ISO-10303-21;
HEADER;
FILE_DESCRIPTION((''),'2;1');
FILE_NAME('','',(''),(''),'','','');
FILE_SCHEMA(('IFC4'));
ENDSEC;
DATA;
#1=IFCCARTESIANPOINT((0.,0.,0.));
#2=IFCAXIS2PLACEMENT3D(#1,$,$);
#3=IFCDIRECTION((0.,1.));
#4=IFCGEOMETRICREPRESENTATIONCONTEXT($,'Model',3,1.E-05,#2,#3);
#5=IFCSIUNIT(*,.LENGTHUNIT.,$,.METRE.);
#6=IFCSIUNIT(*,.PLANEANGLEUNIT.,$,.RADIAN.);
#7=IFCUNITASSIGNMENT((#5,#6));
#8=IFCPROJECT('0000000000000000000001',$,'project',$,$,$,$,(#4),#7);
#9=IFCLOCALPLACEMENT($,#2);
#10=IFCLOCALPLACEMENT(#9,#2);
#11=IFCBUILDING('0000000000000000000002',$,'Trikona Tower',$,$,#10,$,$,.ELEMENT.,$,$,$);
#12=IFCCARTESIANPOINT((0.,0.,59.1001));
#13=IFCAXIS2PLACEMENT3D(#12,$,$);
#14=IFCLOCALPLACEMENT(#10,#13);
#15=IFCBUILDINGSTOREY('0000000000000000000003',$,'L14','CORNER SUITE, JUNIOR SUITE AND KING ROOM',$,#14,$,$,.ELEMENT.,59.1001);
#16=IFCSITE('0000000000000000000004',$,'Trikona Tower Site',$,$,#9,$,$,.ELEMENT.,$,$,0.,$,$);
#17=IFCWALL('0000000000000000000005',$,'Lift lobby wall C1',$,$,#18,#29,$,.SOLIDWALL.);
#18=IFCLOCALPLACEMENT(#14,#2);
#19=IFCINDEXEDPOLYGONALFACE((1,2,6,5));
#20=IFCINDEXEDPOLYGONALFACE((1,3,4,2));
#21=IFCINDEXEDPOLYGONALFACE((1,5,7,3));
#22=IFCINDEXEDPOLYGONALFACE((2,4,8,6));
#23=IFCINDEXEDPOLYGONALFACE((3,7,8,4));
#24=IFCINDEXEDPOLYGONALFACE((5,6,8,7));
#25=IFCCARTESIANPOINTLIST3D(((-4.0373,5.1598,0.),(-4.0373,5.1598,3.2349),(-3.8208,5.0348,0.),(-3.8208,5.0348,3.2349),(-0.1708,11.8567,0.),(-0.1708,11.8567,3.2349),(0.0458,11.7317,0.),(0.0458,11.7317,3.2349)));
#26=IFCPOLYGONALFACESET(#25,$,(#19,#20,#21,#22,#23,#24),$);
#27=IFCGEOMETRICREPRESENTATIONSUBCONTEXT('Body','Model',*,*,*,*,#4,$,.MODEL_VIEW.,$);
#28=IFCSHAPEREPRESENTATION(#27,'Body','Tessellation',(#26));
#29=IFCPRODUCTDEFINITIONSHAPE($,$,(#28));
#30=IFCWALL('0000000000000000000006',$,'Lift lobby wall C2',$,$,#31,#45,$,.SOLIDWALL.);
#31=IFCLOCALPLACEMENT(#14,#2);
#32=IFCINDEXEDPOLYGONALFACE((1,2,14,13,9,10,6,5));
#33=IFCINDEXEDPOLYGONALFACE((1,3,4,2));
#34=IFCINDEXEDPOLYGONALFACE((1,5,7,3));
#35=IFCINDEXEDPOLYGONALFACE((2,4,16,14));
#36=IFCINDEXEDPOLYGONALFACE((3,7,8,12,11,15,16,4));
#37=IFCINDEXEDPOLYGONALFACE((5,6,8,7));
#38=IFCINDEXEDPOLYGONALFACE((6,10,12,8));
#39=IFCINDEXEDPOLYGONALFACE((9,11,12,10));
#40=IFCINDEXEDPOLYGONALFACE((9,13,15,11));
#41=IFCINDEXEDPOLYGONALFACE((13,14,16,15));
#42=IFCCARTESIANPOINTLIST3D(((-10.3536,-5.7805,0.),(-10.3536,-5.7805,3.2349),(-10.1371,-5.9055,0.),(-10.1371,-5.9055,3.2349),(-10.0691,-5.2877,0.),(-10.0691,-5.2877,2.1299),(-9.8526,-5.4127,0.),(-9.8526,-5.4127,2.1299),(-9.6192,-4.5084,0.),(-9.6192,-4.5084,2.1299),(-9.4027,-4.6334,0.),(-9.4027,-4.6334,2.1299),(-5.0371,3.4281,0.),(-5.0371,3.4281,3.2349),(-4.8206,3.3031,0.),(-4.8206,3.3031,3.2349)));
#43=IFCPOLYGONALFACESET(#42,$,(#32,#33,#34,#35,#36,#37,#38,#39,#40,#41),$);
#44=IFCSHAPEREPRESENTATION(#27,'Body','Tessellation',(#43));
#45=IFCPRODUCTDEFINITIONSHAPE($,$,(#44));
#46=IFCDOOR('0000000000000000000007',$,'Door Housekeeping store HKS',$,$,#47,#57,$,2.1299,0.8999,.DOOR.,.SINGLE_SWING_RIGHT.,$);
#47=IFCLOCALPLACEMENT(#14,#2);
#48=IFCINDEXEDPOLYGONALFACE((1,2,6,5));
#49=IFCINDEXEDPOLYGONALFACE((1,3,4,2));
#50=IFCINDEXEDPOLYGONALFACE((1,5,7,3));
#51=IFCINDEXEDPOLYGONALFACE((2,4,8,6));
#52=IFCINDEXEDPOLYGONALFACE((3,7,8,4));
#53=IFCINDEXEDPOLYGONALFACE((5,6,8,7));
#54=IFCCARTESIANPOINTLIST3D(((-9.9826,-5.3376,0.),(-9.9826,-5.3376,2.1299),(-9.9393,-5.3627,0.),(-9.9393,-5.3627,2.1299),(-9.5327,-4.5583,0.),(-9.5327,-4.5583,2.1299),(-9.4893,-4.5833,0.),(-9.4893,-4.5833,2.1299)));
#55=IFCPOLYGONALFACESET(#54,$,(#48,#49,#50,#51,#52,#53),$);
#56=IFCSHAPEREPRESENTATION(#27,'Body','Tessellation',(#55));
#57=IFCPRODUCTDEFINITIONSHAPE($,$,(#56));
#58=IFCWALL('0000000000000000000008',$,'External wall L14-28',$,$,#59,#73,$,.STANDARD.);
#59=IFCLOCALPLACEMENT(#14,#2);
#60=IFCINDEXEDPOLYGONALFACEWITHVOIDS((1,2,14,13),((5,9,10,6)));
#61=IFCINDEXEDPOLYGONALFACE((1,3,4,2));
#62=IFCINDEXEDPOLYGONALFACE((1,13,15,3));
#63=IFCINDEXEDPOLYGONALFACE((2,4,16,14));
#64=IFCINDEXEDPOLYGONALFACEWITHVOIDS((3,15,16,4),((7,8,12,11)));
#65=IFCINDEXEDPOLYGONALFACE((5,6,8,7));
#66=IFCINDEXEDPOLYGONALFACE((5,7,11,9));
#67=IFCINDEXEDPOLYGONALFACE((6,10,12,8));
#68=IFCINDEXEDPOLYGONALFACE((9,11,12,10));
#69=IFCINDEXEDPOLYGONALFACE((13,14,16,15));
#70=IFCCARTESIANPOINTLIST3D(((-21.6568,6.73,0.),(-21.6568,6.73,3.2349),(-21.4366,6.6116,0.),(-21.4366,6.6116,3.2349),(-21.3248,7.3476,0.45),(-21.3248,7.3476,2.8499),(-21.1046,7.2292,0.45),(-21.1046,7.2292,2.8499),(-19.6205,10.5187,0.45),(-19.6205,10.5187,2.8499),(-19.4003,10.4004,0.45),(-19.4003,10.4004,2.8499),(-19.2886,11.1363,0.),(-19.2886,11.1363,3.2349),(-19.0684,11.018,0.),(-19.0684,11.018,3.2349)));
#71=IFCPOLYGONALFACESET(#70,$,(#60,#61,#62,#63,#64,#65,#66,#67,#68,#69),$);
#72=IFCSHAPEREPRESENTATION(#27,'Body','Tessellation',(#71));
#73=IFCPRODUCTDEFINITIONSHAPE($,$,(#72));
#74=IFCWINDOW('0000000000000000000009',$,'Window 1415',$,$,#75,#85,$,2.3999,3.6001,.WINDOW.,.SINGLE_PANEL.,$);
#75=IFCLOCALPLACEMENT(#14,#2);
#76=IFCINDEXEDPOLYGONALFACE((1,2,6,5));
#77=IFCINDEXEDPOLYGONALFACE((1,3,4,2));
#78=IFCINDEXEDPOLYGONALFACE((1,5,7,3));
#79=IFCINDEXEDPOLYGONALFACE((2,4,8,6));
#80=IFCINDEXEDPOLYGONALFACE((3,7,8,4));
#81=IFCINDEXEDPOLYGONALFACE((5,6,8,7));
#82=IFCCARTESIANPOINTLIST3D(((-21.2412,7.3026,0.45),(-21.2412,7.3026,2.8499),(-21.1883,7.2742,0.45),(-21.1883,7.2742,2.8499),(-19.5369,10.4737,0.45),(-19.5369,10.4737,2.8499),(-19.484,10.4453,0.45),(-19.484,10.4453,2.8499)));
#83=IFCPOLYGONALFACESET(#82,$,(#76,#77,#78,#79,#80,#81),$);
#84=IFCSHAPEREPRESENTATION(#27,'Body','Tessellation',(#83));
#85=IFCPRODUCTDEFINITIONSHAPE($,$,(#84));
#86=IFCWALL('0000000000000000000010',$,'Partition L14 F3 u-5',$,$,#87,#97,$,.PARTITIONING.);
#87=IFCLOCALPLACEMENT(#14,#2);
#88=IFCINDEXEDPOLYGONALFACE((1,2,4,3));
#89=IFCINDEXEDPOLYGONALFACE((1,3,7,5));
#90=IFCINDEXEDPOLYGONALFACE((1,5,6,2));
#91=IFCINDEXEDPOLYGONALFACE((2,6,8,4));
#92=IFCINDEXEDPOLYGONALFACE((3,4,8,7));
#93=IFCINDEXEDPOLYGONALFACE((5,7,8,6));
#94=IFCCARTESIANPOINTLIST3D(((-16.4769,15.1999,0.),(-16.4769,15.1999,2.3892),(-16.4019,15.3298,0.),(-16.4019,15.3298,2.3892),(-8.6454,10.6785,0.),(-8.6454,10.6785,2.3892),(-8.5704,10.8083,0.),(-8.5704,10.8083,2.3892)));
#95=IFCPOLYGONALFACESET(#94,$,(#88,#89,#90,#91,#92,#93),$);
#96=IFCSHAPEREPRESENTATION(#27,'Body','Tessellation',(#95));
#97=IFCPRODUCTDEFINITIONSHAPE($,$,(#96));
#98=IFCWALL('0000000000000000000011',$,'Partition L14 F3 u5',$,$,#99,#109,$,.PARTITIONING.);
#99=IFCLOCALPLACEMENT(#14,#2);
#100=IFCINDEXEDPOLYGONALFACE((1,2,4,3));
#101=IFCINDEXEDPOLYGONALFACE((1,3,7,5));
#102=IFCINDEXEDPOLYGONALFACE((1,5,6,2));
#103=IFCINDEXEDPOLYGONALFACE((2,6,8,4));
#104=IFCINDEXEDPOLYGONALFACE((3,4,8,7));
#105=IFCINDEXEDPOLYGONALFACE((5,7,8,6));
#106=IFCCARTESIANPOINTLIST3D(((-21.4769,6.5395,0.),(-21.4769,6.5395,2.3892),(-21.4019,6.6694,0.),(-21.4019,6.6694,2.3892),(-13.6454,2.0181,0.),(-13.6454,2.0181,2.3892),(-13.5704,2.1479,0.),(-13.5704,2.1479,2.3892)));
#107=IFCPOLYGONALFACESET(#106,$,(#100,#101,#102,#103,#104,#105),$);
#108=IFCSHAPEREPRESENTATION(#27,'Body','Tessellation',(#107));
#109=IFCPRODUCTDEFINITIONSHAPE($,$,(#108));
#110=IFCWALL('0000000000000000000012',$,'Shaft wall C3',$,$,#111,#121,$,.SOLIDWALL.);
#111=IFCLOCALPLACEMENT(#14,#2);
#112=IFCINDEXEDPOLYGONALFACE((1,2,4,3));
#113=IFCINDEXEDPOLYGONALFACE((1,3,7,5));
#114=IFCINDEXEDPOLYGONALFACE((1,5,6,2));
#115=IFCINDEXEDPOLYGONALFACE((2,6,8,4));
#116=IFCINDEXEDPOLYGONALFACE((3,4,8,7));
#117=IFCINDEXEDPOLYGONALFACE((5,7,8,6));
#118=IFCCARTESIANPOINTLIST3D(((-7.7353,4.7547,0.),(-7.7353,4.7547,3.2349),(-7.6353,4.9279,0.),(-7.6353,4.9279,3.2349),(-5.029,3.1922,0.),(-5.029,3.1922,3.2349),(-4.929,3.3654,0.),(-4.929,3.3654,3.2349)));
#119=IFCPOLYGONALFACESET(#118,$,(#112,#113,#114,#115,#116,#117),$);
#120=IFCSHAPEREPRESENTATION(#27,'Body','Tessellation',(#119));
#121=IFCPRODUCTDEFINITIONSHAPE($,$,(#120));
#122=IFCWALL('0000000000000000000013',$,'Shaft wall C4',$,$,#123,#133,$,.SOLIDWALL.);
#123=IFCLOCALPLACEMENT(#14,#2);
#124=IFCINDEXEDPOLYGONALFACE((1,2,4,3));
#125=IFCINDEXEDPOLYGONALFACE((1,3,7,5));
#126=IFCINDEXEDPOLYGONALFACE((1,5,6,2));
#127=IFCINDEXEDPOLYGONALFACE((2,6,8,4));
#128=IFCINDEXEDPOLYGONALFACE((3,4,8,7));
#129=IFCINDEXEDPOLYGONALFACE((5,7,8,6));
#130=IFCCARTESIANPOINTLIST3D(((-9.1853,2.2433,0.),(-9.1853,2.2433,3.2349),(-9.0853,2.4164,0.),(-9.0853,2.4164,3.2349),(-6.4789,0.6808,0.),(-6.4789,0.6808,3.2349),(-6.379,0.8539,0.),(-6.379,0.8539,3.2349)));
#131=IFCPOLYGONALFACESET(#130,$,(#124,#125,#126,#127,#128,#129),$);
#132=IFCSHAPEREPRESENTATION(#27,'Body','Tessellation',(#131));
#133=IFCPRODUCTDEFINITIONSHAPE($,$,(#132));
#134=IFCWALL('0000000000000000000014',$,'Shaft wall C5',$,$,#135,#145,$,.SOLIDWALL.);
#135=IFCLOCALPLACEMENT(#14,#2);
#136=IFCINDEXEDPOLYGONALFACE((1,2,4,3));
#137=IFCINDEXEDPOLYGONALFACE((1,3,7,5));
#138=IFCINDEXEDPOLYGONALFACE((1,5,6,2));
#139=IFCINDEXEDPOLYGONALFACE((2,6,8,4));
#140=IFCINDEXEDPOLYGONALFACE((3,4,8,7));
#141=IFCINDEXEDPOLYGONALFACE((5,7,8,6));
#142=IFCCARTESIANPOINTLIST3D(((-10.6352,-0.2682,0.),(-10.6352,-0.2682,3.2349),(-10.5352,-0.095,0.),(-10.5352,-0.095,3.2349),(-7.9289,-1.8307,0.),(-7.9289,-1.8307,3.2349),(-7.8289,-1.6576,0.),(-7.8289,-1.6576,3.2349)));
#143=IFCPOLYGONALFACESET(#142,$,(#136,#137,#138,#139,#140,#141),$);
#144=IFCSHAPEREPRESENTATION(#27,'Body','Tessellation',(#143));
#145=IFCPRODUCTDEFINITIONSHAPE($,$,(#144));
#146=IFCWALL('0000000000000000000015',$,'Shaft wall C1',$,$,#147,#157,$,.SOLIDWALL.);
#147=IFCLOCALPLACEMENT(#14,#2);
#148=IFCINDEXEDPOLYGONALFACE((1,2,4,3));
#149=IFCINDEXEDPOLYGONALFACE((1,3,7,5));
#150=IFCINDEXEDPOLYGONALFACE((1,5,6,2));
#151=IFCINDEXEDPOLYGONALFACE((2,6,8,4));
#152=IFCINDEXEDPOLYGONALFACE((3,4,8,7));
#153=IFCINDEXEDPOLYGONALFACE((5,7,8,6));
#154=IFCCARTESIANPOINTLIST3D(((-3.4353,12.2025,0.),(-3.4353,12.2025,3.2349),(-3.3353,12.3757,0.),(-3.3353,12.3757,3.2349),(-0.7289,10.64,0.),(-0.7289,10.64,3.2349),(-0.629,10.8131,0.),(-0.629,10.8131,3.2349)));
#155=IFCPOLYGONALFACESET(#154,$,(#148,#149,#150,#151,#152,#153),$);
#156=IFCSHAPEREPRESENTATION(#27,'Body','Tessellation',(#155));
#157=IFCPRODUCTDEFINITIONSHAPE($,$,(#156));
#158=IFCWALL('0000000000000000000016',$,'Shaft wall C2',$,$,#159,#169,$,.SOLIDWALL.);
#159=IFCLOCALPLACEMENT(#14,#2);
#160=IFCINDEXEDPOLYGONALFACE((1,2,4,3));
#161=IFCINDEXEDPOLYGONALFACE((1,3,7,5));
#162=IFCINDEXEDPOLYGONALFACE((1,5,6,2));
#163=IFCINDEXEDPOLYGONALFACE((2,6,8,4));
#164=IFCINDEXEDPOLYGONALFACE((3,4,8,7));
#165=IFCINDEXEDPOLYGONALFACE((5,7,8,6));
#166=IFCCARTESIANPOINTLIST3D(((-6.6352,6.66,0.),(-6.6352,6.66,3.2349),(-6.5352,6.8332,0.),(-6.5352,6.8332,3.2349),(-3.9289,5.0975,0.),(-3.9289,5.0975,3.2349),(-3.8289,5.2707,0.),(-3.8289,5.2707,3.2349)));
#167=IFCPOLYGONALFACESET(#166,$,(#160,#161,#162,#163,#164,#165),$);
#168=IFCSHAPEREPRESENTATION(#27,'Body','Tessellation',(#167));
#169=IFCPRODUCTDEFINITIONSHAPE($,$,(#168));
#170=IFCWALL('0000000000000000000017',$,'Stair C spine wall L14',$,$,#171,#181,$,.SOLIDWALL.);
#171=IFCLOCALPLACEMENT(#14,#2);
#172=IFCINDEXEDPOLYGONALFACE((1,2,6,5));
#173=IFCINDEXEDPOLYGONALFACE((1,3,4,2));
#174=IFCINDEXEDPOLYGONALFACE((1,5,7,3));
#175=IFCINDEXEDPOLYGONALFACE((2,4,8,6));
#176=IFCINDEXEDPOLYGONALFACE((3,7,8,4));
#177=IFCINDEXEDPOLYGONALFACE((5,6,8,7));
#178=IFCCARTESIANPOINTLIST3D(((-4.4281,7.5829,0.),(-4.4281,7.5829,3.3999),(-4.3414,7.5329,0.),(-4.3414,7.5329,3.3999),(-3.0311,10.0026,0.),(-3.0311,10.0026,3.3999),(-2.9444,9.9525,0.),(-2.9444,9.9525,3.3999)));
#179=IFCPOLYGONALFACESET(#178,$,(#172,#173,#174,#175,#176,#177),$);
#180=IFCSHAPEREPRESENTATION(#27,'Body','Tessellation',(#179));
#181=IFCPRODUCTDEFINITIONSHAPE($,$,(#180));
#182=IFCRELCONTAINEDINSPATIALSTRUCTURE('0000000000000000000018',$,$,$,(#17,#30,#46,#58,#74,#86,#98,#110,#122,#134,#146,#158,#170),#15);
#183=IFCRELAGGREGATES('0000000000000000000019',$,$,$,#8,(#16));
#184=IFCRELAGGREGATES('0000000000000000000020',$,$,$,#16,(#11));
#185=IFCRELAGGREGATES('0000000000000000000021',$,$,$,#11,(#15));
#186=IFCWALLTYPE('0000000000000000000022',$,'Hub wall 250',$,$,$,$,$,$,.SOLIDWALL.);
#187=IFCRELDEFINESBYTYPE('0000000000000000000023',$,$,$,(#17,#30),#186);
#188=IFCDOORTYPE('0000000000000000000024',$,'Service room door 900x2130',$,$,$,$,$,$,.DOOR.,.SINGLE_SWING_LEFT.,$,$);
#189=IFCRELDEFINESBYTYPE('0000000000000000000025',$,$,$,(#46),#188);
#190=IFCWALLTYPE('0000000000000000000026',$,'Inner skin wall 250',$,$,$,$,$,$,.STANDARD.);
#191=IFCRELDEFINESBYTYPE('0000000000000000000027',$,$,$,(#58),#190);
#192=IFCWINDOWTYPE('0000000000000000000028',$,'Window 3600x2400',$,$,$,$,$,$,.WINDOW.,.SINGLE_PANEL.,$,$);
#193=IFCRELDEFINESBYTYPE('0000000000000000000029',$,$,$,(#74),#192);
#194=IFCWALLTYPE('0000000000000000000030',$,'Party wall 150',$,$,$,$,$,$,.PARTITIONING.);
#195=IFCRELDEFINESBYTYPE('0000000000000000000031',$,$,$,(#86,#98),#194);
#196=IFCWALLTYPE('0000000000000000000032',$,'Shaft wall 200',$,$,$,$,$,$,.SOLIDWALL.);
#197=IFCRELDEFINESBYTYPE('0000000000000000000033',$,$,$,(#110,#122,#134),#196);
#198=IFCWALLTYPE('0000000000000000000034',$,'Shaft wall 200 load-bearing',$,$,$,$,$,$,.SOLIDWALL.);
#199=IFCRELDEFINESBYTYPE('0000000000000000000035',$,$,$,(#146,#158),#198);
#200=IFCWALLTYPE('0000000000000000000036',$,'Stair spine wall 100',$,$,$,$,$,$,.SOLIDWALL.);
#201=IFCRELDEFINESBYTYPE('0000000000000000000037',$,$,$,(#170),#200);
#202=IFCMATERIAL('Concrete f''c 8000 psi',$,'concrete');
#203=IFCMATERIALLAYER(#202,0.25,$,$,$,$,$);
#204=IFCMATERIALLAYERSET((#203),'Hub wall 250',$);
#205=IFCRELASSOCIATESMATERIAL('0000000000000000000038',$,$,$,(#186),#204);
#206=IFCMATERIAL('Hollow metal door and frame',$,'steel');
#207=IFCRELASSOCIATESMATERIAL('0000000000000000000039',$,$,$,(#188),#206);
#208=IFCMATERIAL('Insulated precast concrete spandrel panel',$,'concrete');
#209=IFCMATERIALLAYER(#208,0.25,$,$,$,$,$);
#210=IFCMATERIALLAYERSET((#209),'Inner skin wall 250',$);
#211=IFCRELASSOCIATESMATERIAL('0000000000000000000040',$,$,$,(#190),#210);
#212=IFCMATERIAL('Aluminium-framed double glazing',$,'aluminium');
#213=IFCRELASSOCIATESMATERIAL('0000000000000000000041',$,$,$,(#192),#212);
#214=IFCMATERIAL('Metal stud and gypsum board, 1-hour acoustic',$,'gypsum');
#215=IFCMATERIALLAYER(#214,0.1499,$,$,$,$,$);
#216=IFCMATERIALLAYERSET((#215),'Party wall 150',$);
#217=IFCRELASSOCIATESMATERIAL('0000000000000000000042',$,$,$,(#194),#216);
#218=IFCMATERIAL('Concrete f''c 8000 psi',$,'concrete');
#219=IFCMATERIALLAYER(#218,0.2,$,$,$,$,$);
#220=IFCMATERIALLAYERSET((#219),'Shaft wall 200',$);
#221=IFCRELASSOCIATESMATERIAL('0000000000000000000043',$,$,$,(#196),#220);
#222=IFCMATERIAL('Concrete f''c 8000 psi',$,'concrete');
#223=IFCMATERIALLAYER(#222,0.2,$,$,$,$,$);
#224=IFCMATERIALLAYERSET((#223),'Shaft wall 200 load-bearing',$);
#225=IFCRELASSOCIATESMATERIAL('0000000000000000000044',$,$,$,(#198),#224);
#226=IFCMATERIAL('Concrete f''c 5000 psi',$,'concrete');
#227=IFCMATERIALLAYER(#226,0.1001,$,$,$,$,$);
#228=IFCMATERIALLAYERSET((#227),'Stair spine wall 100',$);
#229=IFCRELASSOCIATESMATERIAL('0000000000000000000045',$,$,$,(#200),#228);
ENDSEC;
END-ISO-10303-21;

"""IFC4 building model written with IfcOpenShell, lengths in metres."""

from ifc_helpers import new_model, si_unit, direction, frame, frame_2d, origin, place, context, subcontext, project, spatial, rectangle, extrude, material, layer, layer_set, type_object, element, fill, save


model = new_model("IFC4")

# Units and contexts
model_context = context("Model", 3, precision=1e-05, world=origin(), true_north=direction((0.0, 1.0)))
body_context = subcontext(model_context, "Body", "Model", "MODEL_VIEW")
ifc_project = project(units=[si_unit("LENGTHUNIT", "METRE"), si_unit("PLANEANGLEUNIT", "RADIAN")], contexts=[model_context])

# Site, building, storey
site_placement = place(None, origin())
site = spatial("IfcSite", under=ifc_project, at=site_placement, Name="Trikona Tower Site", CompositionType="ELEMENT", RefElevation=0.0)
building_placement = place(site_placement, origin())
building = spatial("IfcBuilding", under=site, at=building_placement, Name="Trikona Tower", CompositionType="ELEMENT")
storey_placement = place(building_placement, frame((0.0, 0.0, 59.1001)))
storey = spatial("IfcBuildingStorey", under=building, at=storey_placement, Name="L14", Description="CORNER SUITE, JUNIOR SUITE AND KING ROOM", CompositionType="ELEMENT", Elevation=59.1001)

# Wall
ifc_material_1 = material(Name="Concrete f'c 8000 psi", Category="concrete")
ifc_layer_1 = layer(ifc_material_1, 0.25)
ifc_layer_set_1 = layer_set([ifc_layer_1], Name="Hub wall 250")
wall_type_1 = type_object("IfcWallType", Name="Hub wall 250", PredefinedType="SOLIDWALL", material=ifc_layer_set_1)
wall_1_placement = place(storey_placement, frame((-0.0625, 11.7942, 0.0), z_axis=(0.0, 0.0, 1.0), x_axis=(-0.500007, -0.866022, 0.0)))
element("IfcWall", 1, at=wall_1_placement, inside=storey, type_object=wall_type_1, Name="Lift lobby wall C1", PredefinedType="SOLIDWALL", context=body_context, shape_type="SweptSolid", body=[
    extrude(rectangle(XDim=7.7329, YDim=0.25, at=frame_2d((3.8665, 0.0))), origin(), (0.0, 0.0, 1.0), 3.2349),
])

# Wall, opening, door
wall_2_placement = place(storey_placement, frame((-4.929, 3.3655, 0.0), z_axis=(0.0, 0.0, 1.0), x_axis=(-0.499991, -0.86603, 0.0)))
wall_2 = element("IfcWall", 2, at=wall_2_placement, inside=storey, type_object=wall_type_1, Name="Lift lobby wall C2", PredefinedType="SOLIDWALL", context=body_context, shape_type="SweptSolid", body=[
    extrude(rectangle(XDim=10.6331, YDim=0.25, at=frame_2d((5.3164, 0.0))), origin(), (0.0, 0.0, 1.0), 3.2349),
])
opening_1_placement = place(wall_2_placement, frame((9.1641, 0.0, 0.0)))
opening_1 = element("IfcOpeningElement", 3, at=opening_1_placement, cuts=wall_2, PredefinedType="OPENING", context=body_context, shape_type="SweptSolid", body=[
    extrude(rectangle(XDim=0.8999, YDim=2.1299, at=frame_2d((0.45, 1.0649))), frame((0.0, 0.135, 0.0), z_axis=(0.0, -1.0, 0.0), x_axis=(1.0, 0.0, 0.0)), (0.0, 0.0, 1.0), 0.27),
])
ifc_material_2 = material(Name="Hollow metal door and frame", Category="steel")
door_type_1 = type_object("IfcDoorType", Name="Service room door 900x2130", OperationType="SINGLE_SWING_LEFT", PredefinedType="DOOR", material=ifc_material_2)
door_1_placement = place(opening_1_placement, origin())
door_1 = element("IfcDoor", 4, at=door_1_placement, inside=storey, type_object=door_type_1, Name="Door Housekeeping store HKS", OperationType="SINGLE_SWING_RIGHT", OverallHeight=2.1299, OverallWidth=0.8999, PredefinedType="DOOR", context=body_context, shape_type="SweptSolid", body=[
    extrude(rectangle(XDim=0.8999, YDim=2.1299, at=frame_2d((0.45, 1.0649))), frame((0.0, 0.0249, 0.0), z_axis=(0.0, -1.0, 0.0), x_axis=(1.0, 0.0, 0.0)), (0.0, 0.0, 1.0), 0.05),
])
fill(opening_1, door_1)

# Wall, opening, window
ifc_material_3 = material(Name="Insulated precast concrete spandrel panel", Category="concrete")
ifc_layer_2 = layer(ifc_material_3, 0.25)
ifc_layer_set_2 = layer_set([ifc_layer_2], Name="Inner skin wall 250")
wall_type_2 = type_object("IfcWallType", Name="Inner skin wall 250", PredefinedType="STANDARD", material=ifc_layer_set_2)
wall_3_placement = place(storey_placement, frame((-19.1785, 11.0771, 0.0), z_axis=(0.0, 0.0, 1.0), x_axis=(-0.473413, -0.880841, 0.0)))
wall_3 = element("IfcWall", 5, at=wall_3_placement, inside=storey, type_object=wall_type_2, Name="External wall L14-28", PredefinedType="STANDARD", context=body_context, shape_type="SweptSolid", body=[
    extrude(rectangle(XDim=5.0024, YDim=0.25, at=frame_2d((2.5012, 0.0))), origin(), (0.0, 0.0, 1.0), 3.2349),
])
opening_2_placement = place(wall_3_placement, frame((0.7012, 0.0, 0.45)))
opening_2 = element("IfcOpeningElement", 6, at=opening_2_placement, cuts=wall_3, PredefinedType="OPENING", context=body_context, shape_type="SweptSolid", body=[
    extrude(rectangle(XDim=3.6001, YDim=2.3999, at=frame_2d((1.8, 1.2))), frame((0.0, 0.135, 0.0), z_axis=(0.0, -1.0, 0.0), x_axis=(1.0, 0.0, 0.0)), (0.0, 0.0, 1.0), 0.27),
])
ifc_material_4 = material(Name="Aluminium-framed double glazing", Category="aluminium")
window_type = type_object("IfcWindowType", Name="Window 3600x2400", PartitioningType="SINGLE_PANEL", PredefinedType="WINDOW", material=ifc_material_4)
window_placement = place(opening_2_placement, origin())
window = element("IfcWindow", 7, at=window_placement, inside=storey, type_object=window_type, Name="Window 1415", OverallHeight=2.3999, OverallWidth=3.6001, PartitioningType="SINGLE_PANEL", PredefinedType="WINDOW", context=body_context, shape_type="SweptSolid", body=[
    extrude(rectangle(XDim=3.6001, YDim=2.3999, at=frame_2d((1.8, 1.2))), frame((0.0, 0.03, 0.0), z_axis=(0.0, -1.0, 0.0), x_axis=(1.0, 0.0, 0.0)), (0.0, 0.0, 1.0), 0.0601),
])
fill(opening_2, window)

# Walls
ifc_material_5 = material(Name="Metal stud and gypsum board, 1-hour acoustic", Category="gypsum")
ifc_layer_3 = layer(ifc_material_5, 0.1499)
ifc_layer_set_3 = layer_set([ifc_layer_3], Name="Party wall 150")
wall_type_3 = type_object("IfcWallType", Name="Party wall 150", PredefinedType="PARTITIONING", material=ifc_layer_set_3)
for number, where, z_axis, x_axis, name in (
    (8, (-8.6079, 10.7434, 0.0), (0.0, 0.0, 1.0), (-0.866028, 0.499995, 0.0), "Partition L14 F3 u-5"),
    (9, (-13.6079, 2.083, 0.0), (0.0, 0.0, 1.0), (-0.866028, 0.499995, 0.0), "Partition L14 F3 u5"),
):
    element("IfcWall", number, at=place(storey_placement, frame(where, z_axis=z_axis, x_axis=x_axis)), inside=storey, type_object=wall_type_3, Name=name, PredefinedType="PARTITIONING", context=body_context, shape_type="SweptSolid", body=[
        extrude(rectangle(XDim=9.043, YDim=0.1499, at=frame_2d((4.5215, 0.0))), origin(), (0.0, 0.0, 1.0), 2.3892),
    ])
ifc_material_6 = material(Name="Concrete f'c 8000 psi", Category="concrete")
ifc_layer_4 = layer(ifc_material_6, 0.2)
ifc_layer_set_4 = layer_set([ifc_layer_4], Name="Shaft wall 200")
wall_type_4 = type_object("IfcWallType", Name="Shaft wall 200", PredefinedType="SOLIDWALL", material=ifc_layer_set_4)
for number, where, z_axis, x_axis, name in (
    (10, (-4.979, 3.2788, 0.0), (0.0, 0.0, 1.0), (-0.866023, 0.500004, 0.0), "Shaft wall C3"),
    (11, (-6.429, 0.7673, 0.0), (0.0, 0.0, 1.0), (-0.866023, 0.500004, 0.0), "Shaft wall C4"),
    (12, (-7.8789, -1.7441, 0.0), (0.0, 0.0, 1.0), (-0.866023, 0.500004, 0.0), "Shaft wall C5"),
):
    element("IfcWall", number, at=place(storey_placement, frame(where, z_axis=z_axis, x_axis=x_axis)), inside=storey, type_object=wall_type_4, Name=name, PredefinedType="SOLIDWALL", context=body_context, shape_type="SweptSolid", body=[
        extrude(rectangle(XDim=3.125, YDim=0.2, at=frame_2d((1.5625, 0.0))), origin(), (0.0, 0.0, 1.0), 3.2349),
    ])
ifc_material_7 = material(Name="Concrete f'c 8000 psi", Category="concrete")
ifc_layer_5 = layer(ifc_material_7, 0.2)
ifc_layer_set_5 = layer_set([ifc_layer_5], Name="Shaft wall 200 load-bearing")
wall_type_5 = type_object("IfcWallType", Name="Shaft wall 200 load-bearing", PredefinedType="SOLIDWALL", material=ifc_layer_set_5)
for number, where, z_axis, x_axis, name in (
    (13, (-0.679, 10.7266, 0.0), (0.0, 0.0, 1.0), (-0.866023, 0.500004, 0.0), "Shaft wall C1"),
    (14, (-3.8789, 5.1841, 0.0), (0.0, 0.0, 1.0), (-0.866023, 0.500004, 0.0), "Shaft wall C2"),
):
    element("IfcWall", number, at=place(storey_placement, frame(where, z_axis=z_axis, x_axis=x_axis)), inside=storey, type_object=wall_type_5, Name=name, PredefinedType="SOLIDWALL", context=body_context, shape_type="SweptSolid", body=[
        extrude(rectangle(XDim=3.125, YDim=0.2, at=frame_2d((1.5625, 0.0))), origin(), (0.0, 0.0, 1.0), 3.2349),
    ])
ifc_material_8 = material(Name="Concrete f'c 5000 psi", Category="concrete")
ifc_layer_6 = layer(ifc_material_8, 0.1001)
ifc_layer_set_6 = layer_set([ifc_layer_6], Name="Stair spine wall 100")
wall_type_6 = type_object("IfcWallType", Name="Stair spine wall 100", PredefinedType="SOLIDWALL", material=ifc_layer_set_6)
wall_4_placement = place(storey_placement, frame((-2.9878, 9.9775, 0.0), z_axis=(0.0, 0.0, 1.0), x_axis=(-0.499992, -0.86603, 0.0)))
element("IfcWall", 15, at=wall_4_placement, inside=storey, type_object=wall_type_6, Name="Stair C spine wall L14", PredefinedType="SOLIDWALL", context=body_context, shape_type="SweptSolid", body=[
    extrude(rectangle(XDim=2.7939, YDim=0.1001, at=frame_2d((1.397, 0.0))), origin(), (0.0, 0.0, 1.0), 3.3999),
])

save(model, "model.ifc")
